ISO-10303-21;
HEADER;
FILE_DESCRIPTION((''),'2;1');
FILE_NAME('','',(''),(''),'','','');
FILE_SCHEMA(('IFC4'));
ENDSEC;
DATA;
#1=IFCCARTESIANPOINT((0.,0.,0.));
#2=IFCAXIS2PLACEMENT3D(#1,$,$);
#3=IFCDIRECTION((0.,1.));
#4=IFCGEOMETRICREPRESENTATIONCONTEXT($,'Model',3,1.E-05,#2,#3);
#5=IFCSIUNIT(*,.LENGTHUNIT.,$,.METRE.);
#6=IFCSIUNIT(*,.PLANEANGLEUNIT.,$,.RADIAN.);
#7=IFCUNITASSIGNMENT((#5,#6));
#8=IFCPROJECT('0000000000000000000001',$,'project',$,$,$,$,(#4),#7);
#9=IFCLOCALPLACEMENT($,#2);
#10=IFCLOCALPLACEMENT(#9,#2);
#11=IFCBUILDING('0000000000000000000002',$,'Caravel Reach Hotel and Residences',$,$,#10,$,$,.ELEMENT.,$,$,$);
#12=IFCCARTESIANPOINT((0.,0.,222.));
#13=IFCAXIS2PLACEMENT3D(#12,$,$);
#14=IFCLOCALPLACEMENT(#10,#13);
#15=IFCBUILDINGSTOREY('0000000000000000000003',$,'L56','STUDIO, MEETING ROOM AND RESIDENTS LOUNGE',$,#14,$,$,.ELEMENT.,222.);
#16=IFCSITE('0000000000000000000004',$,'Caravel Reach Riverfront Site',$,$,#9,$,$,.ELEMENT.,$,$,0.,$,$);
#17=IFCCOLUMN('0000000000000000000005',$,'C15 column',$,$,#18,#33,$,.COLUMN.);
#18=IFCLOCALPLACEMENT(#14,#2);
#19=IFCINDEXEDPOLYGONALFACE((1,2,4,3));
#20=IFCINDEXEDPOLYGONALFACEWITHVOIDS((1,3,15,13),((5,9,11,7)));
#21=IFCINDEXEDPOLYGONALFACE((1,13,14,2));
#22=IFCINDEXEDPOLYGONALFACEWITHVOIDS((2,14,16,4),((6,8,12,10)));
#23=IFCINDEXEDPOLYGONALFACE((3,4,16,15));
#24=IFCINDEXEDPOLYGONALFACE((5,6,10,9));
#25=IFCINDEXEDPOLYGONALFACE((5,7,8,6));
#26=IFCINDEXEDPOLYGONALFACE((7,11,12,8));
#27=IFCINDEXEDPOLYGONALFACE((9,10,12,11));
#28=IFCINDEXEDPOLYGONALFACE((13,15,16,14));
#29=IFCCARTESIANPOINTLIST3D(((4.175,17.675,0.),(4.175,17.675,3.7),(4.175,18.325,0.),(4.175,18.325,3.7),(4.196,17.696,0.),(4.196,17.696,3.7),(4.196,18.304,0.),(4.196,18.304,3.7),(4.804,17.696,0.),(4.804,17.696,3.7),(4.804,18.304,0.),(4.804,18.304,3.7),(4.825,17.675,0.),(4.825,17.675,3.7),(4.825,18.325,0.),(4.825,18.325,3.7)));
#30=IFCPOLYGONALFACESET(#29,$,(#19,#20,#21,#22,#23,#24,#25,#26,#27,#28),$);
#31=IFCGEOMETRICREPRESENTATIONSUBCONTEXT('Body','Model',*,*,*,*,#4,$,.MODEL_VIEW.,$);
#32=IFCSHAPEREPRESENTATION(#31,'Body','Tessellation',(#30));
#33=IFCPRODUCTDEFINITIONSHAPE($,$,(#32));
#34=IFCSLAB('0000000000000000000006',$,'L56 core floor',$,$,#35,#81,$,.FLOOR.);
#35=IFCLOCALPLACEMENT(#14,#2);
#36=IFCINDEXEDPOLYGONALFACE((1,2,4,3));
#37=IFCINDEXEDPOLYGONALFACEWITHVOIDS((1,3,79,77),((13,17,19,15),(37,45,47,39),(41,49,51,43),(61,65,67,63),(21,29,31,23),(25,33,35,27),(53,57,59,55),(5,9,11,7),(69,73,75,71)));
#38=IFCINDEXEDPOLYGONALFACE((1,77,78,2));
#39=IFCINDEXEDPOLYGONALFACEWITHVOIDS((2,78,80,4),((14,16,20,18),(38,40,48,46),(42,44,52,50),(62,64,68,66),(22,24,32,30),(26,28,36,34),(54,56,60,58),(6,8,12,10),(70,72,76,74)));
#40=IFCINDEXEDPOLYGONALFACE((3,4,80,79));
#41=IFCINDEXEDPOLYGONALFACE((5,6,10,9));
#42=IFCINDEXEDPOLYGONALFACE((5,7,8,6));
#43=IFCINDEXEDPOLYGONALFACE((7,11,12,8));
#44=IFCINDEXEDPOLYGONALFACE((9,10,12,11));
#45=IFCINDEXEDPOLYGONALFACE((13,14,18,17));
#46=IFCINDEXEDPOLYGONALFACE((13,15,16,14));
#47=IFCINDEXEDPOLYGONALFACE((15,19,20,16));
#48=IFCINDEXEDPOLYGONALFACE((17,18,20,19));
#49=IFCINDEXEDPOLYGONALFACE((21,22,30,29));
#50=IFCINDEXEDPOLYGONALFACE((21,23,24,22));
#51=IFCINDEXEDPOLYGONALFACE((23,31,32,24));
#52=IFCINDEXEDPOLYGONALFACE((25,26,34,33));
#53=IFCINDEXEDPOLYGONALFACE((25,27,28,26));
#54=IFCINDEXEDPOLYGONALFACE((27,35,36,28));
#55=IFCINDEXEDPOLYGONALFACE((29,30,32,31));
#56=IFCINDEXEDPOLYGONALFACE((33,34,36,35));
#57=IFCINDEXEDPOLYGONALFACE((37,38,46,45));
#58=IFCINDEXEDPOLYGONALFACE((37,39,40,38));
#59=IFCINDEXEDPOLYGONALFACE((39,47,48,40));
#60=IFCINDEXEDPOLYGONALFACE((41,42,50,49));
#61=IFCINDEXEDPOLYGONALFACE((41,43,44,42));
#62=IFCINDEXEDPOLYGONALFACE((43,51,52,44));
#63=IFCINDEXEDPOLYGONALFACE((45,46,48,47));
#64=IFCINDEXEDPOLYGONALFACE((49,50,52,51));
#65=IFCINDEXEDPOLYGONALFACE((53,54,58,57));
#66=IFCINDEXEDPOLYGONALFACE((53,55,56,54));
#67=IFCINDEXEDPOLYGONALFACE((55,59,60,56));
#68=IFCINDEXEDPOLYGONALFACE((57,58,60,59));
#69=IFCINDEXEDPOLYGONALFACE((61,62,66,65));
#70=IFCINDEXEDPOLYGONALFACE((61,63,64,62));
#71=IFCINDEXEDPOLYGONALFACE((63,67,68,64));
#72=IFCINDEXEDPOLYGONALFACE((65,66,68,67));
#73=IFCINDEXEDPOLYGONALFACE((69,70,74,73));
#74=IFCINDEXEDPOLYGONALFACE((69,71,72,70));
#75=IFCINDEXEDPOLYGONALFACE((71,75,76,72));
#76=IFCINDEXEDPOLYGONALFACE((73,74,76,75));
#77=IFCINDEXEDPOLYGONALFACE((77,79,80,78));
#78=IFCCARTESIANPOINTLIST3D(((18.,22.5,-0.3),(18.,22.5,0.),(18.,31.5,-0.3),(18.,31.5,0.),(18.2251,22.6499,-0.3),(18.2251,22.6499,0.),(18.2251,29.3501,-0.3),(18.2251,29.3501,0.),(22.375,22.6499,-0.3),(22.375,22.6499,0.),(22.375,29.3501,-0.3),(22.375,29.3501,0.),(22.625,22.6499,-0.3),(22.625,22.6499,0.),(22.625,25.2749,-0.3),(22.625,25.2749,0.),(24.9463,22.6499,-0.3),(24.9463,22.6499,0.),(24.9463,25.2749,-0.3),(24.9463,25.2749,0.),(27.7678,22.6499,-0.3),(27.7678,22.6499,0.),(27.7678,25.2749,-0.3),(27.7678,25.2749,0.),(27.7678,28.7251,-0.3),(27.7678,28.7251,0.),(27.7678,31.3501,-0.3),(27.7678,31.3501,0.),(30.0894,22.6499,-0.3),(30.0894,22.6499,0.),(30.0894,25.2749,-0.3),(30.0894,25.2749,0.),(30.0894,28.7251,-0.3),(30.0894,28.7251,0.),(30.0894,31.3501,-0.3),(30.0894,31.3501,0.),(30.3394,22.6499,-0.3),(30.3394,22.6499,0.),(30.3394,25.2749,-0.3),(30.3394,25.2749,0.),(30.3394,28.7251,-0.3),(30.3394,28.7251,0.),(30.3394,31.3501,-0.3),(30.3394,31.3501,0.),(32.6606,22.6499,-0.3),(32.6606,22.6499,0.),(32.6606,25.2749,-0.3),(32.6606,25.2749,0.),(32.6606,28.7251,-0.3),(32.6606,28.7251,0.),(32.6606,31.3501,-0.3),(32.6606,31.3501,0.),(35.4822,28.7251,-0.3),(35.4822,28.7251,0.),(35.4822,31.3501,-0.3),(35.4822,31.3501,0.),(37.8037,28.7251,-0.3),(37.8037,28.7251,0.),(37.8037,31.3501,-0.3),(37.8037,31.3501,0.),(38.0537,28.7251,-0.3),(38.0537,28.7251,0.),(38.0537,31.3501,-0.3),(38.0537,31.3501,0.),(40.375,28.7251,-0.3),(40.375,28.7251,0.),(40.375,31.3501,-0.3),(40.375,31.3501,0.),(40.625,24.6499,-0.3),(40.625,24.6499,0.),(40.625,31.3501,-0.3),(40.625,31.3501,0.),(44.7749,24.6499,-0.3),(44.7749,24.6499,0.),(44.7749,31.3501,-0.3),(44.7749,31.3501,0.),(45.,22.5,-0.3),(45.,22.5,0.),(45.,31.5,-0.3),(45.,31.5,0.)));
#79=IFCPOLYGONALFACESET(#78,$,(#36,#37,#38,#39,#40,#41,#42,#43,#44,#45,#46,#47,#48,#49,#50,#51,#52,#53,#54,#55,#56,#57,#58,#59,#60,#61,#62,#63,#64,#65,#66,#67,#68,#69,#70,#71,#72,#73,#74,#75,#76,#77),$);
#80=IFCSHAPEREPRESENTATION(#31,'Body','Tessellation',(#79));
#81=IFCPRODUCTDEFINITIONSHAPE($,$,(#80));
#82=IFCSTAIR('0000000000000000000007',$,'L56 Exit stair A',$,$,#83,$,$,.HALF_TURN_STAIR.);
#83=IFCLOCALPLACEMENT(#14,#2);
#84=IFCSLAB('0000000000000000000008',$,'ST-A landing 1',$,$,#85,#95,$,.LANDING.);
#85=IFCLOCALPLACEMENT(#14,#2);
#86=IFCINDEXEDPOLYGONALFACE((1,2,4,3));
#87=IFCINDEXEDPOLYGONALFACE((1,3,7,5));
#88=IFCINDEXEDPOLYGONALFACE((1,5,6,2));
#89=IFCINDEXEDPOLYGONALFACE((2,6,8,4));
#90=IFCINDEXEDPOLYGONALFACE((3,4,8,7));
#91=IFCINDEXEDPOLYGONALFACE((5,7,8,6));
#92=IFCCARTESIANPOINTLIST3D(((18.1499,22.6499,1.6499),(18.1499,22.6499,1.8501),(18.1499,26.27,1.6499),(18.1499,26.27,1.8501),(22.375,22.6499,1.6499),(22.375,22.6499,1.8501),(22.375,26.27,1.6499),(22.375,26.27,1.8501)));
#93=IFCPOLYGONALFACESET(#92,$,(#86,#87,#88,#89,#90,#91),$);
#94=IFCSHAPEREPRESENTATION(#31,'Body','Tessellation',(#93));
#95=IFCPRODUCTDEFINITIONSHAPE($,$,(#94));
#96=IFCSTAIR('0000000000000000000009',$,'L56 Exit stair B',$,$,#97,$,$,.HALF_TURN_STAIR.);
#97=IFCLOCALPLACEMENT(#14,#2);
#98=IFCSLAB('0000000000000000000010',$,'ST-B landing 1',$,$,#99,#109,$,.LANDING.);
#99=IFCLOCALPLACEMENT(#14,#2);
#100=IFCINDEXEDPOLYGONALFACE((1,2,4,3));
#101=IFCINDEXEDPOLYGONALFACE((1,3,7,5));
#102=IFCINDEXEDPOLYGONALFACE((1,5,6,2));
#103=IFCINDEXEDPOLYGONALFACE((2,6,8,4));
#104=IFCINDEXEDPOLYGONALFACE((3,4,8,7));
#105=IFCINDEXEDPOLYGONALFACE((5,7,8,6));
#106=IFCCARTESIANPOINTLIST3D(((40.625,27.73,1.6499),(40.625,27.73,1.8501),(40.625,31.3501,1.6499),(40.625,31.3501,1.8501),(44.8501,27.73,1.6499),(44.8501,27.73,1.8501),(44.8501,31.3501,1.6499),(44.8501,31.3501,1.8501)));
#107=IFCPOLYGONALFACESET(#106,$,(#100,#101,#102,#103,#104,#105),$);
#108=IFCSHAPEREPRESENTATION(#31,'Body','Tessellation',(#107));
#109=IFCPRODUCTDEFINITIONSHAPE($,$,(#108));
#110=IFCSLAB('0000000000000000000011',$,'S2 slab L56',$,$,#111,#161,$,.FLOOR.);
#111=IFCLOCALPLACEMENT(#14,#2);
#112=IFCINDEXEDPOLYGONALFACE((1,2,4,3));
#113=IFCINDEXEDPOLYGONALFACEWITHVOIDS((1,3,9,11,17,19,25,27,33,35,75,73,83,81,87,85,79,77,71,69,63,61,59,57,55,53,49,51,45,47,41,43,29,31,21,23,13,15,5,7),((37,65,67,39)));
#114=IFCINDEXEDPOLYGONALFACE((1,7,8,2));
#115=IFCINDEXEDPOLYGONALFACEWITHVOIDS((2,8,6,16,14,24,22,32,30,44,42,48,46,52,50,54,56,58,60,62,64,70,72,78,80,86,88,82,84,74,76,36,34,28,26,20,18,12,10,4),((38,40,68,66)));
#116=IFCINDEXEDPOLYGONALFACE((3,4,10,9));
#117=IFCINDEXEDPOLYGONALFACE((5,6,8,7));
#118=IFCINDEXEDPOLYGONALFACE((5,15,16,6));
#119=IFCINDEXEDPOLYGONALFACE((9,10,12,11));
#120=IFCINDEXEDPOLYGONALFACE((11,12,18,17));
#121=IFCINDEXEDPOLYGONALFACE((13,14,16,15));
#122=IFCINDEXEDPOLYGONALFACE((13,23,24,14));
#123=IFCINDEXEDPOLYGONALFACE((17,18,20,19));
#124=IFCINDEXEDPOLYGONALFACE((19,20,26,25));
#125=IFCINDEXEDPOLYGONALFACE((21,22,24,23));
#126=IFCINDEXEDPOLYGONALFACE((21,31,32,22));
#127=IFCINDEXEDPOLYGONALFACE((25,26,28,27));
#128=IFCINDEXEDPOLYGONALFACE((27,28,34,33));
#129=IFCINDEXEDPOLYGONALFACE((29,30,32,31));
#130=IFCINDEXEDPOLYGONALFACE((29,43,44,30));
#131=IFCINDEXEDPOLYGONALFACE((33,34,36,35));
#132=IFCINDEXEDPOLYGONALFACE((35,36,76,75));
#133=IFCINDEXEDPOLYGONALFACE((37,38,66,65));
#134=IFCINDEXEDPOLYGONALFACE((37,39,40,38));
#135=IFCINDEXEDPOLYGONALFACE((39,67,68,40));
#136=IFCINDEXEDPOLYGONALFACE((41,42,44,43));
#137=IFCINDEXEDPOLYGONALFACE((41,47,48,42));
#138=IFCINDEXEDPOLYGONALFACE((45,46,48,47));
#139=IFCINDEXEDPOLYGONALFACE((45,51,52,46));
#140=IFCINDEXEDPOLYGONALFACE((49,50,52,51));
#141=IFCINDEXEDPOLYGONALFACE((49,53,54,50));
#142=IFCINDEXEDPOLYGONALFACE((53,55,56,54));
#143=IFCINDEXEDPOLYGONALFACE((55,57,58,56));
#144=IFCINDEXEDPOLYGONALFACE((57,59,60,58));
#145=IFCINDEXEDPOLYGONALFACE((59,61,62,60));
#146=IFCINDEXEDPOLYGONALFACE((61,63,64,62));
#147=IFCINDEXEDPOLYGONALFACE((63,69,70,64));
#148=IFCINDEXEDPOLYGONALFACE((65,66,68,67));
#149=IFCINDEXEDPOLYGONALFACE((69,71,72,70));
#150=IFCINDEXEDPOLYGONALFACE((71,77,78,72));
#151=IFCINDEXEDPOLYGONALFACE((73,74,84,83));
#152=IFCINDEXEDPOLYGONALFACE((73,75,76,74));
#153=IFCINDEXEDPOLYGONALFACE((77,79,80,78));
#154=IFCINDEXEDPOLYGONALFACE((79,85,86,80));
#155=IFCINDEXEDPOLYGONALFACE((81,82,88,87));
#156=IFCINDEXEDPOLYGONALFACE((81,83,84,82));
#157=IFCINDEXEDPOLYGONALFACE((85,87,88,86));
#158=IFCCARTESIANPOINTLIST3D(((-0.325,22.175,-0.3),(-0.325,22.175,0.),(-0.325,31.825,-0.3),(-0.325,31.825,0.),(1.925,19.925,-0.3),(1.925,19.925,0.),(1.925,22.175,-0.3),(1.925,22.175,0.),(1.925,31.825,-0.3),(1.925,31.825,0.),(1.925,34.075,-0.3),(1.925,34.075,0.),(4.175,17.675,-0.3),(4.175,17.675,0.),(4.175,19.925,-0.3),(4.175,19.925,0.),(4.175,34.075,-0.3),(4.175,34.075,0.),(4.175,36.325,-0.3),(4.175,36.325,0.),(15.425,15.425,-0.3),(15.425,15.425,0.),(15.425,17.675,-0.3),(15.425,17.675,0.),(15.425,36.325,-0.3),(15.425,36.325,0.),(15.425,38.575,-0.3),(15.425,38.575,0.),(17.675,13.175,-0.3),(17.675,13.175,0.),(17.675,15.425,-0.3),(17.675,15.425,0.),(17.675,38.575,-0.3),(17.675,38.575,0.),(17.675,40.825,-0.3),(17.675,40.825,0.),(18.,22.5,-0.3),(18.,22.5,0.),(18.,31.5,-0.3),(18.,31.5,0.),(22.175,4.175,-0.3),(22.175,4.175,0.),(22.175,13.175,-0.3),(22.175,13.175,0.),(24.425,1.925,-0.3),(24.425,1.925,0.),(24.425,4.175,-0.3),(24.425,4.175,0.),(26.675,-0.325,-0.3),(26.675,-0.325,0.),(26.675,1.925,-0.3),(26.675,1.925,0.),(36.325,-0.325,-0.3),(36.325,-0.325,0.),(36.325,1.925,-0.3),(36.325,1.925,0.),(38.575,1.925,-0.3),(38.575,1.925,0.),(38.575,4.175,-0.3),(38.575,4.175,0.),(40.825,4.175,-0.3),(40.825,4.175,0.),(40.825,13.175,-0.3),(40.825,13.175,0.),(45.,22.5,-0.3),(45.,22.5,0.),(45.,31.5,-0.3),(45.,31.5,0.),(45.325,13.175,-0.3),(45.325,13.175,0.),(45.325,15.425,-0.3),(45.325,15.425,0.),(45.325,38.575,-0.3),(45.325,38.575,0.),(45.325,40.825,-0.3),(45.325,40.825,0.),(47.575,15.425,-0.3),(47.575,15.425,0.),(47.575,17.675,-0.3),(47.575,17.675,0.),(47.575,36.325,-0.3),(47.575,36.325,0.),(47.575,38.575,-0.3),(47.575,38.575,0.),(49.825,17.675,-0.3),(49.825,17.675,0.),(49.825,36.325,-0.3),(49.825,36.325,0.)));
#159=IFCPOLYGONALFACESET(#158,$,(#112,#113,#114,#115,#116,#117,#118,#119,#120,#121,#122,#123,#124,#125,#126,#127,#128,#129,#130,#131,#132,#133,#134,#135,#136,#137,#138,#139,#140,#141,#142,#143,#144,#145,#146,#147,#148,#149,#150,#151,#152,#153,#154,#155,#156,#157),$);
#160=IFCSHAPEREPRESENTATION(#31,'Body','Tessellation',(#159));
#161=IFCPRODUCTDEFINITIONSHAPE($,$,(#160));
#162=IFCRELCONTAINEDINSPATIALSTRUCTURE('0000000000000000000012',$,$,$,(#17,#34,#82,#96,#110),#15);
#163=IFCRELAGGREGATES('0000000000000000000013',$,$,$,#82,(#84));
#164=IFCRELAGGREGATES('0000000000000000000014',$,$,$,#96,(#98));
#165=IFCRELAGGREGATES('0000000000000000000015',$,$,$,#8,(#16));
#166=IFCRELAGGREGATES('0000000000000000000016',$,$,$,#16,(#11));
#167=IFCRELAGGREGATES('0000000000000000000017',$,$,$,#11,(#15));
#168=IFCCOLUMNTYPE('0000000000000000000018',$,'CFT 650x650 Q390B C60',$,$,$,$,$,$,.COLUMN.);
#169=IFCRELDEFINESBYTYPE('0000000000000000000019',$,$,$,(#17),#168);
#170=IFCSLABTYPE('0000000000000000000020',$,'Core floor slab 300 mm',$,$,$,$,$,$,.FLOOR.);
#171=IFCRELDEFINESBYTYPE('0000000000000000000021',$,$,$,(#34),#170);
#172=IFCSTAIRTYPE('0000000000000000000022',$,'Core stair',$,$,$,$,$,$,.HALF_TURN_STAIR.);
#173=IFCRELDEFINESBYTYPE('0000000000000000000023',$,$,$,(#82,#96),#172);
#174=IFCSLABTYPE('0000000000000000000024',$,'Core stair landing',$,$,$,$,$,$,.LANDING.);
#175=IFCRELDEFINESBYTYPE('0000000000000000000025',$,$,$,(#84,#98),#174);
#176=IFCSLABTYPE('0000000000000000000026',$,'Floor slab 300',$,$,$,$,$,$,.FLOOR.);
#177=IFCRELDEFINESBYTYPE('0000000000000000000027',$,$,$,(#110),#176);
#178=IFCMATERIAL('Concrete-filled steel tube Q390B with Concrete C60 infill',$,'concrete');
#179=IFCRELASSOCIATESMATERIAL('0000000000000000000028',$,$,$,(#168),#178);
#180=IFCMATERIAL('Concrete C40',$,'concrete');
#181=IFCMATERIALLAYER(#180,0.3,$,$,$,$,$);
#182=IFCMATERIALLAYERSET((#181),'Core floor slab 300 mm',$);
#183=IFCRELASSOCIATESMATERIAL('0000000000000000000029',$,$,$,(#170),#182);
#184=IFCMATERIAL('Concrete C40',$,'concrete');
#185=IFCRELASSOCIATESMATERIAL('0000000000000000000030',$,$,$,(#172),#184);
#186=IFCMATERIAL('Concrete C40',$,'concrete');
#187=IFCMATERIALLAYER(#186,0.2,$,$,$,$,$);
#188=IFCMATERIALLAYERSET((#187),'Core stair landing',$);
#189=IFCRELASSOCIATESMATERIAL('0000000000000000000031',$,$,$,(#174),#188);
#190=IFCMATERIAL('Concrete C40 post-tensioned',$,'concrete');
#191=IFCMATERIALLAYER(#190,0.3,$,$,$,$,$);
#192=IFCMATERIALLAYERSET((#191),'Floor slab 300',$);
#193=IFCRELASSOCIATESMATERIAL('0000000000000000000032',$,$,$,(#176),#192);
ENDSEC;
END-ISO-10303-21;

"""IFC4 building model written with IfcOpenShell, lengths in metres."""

from ifc_helpers import new_model, si_unit, direction, frame, origin, origin_2d, place, context, subcontext, project, spatial, polyline, hollow_rectangle, outline, extrude, material, layer, layer_set, material_profile, profile_set, type_object, element, aggregate, save


model = new_model("IFC4")

# Units and contexts
model_context = context("Model", 3, precision=1e-05, world=origin(), true_north=direction((0.0, 1.0)))
body_context = subcontext(model_context, "Body", "Model", "MODEL_VIEW")
ifc_project = project(units=[si_unit("LENGTHUNIT", "METRE"), si_unit("PLANEANGLEUNIT", "RADIAN")], contexts=[model_context])

# Site, building, storey
site_placement = place(None, origin())
site = spatial("IfcSite", under=ifc_project, at=site_placement, Name="Caravel Reach Riverfront Site", CompositionType="ELEMENT", RefElevation=0.0)
building_placement = place(site_placement, origin())
building = spatial("IfcBuilding", under=site, at=building_placement, Name="Caravel Reach Hotel and Residences", CompositionType="ELEMENT")
storey_placement = place(building_placement, frame((0.0, 0.0, 222.0)))
storey = spatial("IfcBuildingStorey", under=building, at=storey_placement, Name="L56", Description="STUDIO, MEETING ROOM AND RESIDENTS LOUNGE", CompositionType="ELEMENT", Elevation=222.0)

# Column
ifc_material_1 = material(Name="Concrete-filled steel tube Q390B with Concrete C60 infill", Category="concrete")
ifc_material_profile = material_profile(ifc_material_1, hollow_rectangle(XDim=0.6499, YDim=0.6499, WallThickness=0.021, at=origin_2d()), Name="RHS 650x650x21")
ifc_profile_set = profile_set([ifc_material_profile], Name="Concrete-filled steel tube Q390B with Concrete C60 infill")
column_type = type_object("IfcColumnType", Name="CFT 650x650 Q390B C60", PredefinedType="COLUMN", material=ifc_profile_set)
column_placement = place(storey_placement, frame((4.5, 18.0, 0.0), z_axis=(0.0, 0.0, 1.0), x_axis=(1.0, 0.0, 0.0)))
element("IfcColumn", 1, at=column_placement, inside=storey, type_object=column_type, Name="C15 column", PredefinedType="COLUMN", context=body_context, shape_type="SweptSolid", body=[
    extrude(hollow_rectangle(XDim=0.6499, YDim=0.6499, WallThickness=0.021, at=origin_2d()), origin(), (0.0, 0.0, 1.0), 3.7),
])

# Slab
ifc_material_2 = material(Name="Concrete C40", Category="concrete")
ifc_layer_1 = layer(ifc_material_2, 0.3)
ifc_layer_set_1 = layer_set([ifc_layer_1], Name="Core floor slab 300 mm")
slab_type_1 = type_object("IfcSlabType", Name="Core floor slab 300 mm", PredefinedType="FLOOR", material=ifc_layer_set_1)
slab_1_placement = place(storey_placement, frame((0.0, 0.0, -0.3)))
element("IfcSlab", 2, at=slab_1_placement, inside=storey, type_object=slab_type_1, Name="L56 core floor", PredefinedType="FLOOR", context=body_context, shape_type="SweptSolid", body=[
    extrude(outline(polyline([(18.0, 31.5), (45.0, 31.5), (45.0, 22.5), (18.0, 22.5), (18.0, 31.5)]), holes=[polyline([(22.625, 25.2749), (22.625, 22.6499), (24.9463, 22.6499), (24.9463, 25.2749), (22.625, 25.2749)]), polyline([(27.7678, 25.2749), (27.7678, 22.6499), (30.0894, 22.6499), (30.0894, 25.2749), (27.7678, 25.2749)]), polyline([(30.3394, 25.2749), (30.3394, 22.6499), (32.6606, 22.6499), (32.6606, 25.2749), (30.3394, 25.2749)]), polyline([(22.375, 22.6499), (22.375, 29.3501), (18.2251, 29.3501), (18.2251, 22.6499), (22.375, 22.6499)]), polyline([(40.625, 31.3501), (40.625, 24.6499), (44.7749, 24.6499), (44.7749, 31.3501), (40.625, 31.3501)]), polyline([(27.7678, 31.3501), (27.7678, 28.7251), (30.0894, 28.7251), (30.0894, 31.3501), (27.7678, 31.3501)]), polyline([(30.3394, 31.3501), (30.3394, 28.7251), (32.6606, 28.7251), (32.6606, 31.3501), (30.3394, 31.3501)]), polyline([(37.8037, 31.3501), (35.4822, 31.3501), (35.4822, 28.7251), (37.8037, 28.7251), (37.8037, 31.3501)]), polyline([(40.375, 31.3501), (38.0537, 31.3501), (38.0537, 28.7251), (40.375, 28.7251), (40.375, 31.3501)])]), origin(), (0.0, 0.0, 1.0), 0.3),
])

# Stairs, slabs
ifc_material_3 = material(Name="Concrete C40", Category="concrete")
stair_type = type_object("IfcStairType", Name="Core stair", PredefinedType="HALF_TURN_STAIR", material=ifc_material_3)
stair_1_placement = place(storey_placement, origin())
stair_1 = element("IfcStair", 3, at=stair_1_placement, inside=storey, type_object=stair_type, Name="L56 Exit stair A", PredefinedType="HALF_TURN_STAIR")
ifc_material_4 = material(Name="Concrete C40", Category="concrete")
ifc_layer_2 = layer(ifc_material_4, 0.2)
ifc_layer_set_2 = layer_set([ifc_layer_2], Name="Core stair landing")
slab_type_2 = type_object("IfcSlabType", Name="Core stair landing", PredefinedType="LANDING", material=ifc_layer_set_2)
slab_2_placement = place(storey_placement, frame((0.0, 0.0, 1.6499)))
slab_2 = element("IfcSlab", 4, at=slab_2_placement, type_object=slab_type_2, Name="ST-A landing 1", PredefinedType="LANDING", context=body_context, shape_type="SweptSolid", body=[
    extrude(outline(polyline([(18.1499, 26.27), (18.1499, 22.6499), (22.375, 22.6499), (22.375, 26.27), (18.1499, 26.27)])), origin(), (0.0, 0.0, 1.0), 0.2002),
])
aggregate(stair_1, [slab_2])
stair_2_placement = place(storey_placement, origin())
stair_2 = element("IfcStair", 5, at=stair_2_placement, inside=storey, type_object=stair_type, Name="L56 Exit stair B", PredefinedType="HALF_TURN_STAIR")
slab_3_placement = place(storey_placement, frame((0.0, 0.0, 1.6499)))
slab_3 = element("IfcSlab", 6, at=slab_3_placement, type_object=slab_type_2, Name="ST-B landing 1", PredefinedType="LANDING", context=body_context, shape_type="SweptSolid", body=[
    extrude(outline(polyline([(44.8501, 27.73), (44.8501, 31.3501), (40.625, 31.3501), (40.625, 27.73), (44.8501, 27.73)])), origin(), (0.0, 0.0, 1.0), 0.2002),
])
aggregate(stair_2, [slab_3])

# Slab
ifc_material_5 = material(Name="Concrete C40 post-tensioned", Category="concrete")
ifc_layer_3 = layer(ifc_material_5, 0.3)
ifc_layer_set_3 = layer_set([ifc_layer_3], Name="Floor slab 300")
slab_type_3 = type_object("IfcSlabType", Name="Floor slab 300", PredefinedType="FLOOR", material=ifc_layer_set_3)
slab_4_placement = place(storey_placement, frame((0.0, 0.0, -0.3)))
element("IfcSlab", 7, at=slab_4_placement, inside=storey, type_object=slab_type_3, Name="S2 slab L56", PredefinedType="FLOOR", context=body_context, shape_type="SweptSolid", body=[
    extrude(outline(polyline([(38.575, 4.175), (38.575, 1.925), (36.325, 1.925), (36.325, -0.325), (26.675, -0.325), (26.675, 1.925), (24.425, 1.925), (24.425, 4.175), (22.175, 4.175), (22.175, 13.175), (17.675, 13.175), (17.675, 15.425), (15.425, 15.425), (15.425, 17.675), (4.175, 17.675), (4.175, 19.925), (1.925, 19.925), (1.925, 22.175), (-0.325, 22.175), (-0.325, 31.825), (1.925, 31.825), (1.925, 34.075), (4.175, 34.075), (4.175, 36.325), (15.425, 36.325), (15.425, 38.575), (17.675, 38.575), (17.675, 40.825), (45.325, 40.825), (45.325, 38.575), (47.575, 38.575), (47.575, 36.325), (49.825, 36.325), (49.825, 17.675), (47.575, 17.675), (47.575, 15.425), (45.325, 15.425), (45.325, 13.175), (40.825, 13.175), (40.825, 4.175), (38.575, 4.175)]), holes=[polyline([(45.0, 31.5), (18.0, 31.5), (18.0, 22.5), (45.0, 22.5), (45.0, 31.5)])]), origin(), (0.0, 0.0, 1.0), 0.3),
])

save(model, "model.ifc")
